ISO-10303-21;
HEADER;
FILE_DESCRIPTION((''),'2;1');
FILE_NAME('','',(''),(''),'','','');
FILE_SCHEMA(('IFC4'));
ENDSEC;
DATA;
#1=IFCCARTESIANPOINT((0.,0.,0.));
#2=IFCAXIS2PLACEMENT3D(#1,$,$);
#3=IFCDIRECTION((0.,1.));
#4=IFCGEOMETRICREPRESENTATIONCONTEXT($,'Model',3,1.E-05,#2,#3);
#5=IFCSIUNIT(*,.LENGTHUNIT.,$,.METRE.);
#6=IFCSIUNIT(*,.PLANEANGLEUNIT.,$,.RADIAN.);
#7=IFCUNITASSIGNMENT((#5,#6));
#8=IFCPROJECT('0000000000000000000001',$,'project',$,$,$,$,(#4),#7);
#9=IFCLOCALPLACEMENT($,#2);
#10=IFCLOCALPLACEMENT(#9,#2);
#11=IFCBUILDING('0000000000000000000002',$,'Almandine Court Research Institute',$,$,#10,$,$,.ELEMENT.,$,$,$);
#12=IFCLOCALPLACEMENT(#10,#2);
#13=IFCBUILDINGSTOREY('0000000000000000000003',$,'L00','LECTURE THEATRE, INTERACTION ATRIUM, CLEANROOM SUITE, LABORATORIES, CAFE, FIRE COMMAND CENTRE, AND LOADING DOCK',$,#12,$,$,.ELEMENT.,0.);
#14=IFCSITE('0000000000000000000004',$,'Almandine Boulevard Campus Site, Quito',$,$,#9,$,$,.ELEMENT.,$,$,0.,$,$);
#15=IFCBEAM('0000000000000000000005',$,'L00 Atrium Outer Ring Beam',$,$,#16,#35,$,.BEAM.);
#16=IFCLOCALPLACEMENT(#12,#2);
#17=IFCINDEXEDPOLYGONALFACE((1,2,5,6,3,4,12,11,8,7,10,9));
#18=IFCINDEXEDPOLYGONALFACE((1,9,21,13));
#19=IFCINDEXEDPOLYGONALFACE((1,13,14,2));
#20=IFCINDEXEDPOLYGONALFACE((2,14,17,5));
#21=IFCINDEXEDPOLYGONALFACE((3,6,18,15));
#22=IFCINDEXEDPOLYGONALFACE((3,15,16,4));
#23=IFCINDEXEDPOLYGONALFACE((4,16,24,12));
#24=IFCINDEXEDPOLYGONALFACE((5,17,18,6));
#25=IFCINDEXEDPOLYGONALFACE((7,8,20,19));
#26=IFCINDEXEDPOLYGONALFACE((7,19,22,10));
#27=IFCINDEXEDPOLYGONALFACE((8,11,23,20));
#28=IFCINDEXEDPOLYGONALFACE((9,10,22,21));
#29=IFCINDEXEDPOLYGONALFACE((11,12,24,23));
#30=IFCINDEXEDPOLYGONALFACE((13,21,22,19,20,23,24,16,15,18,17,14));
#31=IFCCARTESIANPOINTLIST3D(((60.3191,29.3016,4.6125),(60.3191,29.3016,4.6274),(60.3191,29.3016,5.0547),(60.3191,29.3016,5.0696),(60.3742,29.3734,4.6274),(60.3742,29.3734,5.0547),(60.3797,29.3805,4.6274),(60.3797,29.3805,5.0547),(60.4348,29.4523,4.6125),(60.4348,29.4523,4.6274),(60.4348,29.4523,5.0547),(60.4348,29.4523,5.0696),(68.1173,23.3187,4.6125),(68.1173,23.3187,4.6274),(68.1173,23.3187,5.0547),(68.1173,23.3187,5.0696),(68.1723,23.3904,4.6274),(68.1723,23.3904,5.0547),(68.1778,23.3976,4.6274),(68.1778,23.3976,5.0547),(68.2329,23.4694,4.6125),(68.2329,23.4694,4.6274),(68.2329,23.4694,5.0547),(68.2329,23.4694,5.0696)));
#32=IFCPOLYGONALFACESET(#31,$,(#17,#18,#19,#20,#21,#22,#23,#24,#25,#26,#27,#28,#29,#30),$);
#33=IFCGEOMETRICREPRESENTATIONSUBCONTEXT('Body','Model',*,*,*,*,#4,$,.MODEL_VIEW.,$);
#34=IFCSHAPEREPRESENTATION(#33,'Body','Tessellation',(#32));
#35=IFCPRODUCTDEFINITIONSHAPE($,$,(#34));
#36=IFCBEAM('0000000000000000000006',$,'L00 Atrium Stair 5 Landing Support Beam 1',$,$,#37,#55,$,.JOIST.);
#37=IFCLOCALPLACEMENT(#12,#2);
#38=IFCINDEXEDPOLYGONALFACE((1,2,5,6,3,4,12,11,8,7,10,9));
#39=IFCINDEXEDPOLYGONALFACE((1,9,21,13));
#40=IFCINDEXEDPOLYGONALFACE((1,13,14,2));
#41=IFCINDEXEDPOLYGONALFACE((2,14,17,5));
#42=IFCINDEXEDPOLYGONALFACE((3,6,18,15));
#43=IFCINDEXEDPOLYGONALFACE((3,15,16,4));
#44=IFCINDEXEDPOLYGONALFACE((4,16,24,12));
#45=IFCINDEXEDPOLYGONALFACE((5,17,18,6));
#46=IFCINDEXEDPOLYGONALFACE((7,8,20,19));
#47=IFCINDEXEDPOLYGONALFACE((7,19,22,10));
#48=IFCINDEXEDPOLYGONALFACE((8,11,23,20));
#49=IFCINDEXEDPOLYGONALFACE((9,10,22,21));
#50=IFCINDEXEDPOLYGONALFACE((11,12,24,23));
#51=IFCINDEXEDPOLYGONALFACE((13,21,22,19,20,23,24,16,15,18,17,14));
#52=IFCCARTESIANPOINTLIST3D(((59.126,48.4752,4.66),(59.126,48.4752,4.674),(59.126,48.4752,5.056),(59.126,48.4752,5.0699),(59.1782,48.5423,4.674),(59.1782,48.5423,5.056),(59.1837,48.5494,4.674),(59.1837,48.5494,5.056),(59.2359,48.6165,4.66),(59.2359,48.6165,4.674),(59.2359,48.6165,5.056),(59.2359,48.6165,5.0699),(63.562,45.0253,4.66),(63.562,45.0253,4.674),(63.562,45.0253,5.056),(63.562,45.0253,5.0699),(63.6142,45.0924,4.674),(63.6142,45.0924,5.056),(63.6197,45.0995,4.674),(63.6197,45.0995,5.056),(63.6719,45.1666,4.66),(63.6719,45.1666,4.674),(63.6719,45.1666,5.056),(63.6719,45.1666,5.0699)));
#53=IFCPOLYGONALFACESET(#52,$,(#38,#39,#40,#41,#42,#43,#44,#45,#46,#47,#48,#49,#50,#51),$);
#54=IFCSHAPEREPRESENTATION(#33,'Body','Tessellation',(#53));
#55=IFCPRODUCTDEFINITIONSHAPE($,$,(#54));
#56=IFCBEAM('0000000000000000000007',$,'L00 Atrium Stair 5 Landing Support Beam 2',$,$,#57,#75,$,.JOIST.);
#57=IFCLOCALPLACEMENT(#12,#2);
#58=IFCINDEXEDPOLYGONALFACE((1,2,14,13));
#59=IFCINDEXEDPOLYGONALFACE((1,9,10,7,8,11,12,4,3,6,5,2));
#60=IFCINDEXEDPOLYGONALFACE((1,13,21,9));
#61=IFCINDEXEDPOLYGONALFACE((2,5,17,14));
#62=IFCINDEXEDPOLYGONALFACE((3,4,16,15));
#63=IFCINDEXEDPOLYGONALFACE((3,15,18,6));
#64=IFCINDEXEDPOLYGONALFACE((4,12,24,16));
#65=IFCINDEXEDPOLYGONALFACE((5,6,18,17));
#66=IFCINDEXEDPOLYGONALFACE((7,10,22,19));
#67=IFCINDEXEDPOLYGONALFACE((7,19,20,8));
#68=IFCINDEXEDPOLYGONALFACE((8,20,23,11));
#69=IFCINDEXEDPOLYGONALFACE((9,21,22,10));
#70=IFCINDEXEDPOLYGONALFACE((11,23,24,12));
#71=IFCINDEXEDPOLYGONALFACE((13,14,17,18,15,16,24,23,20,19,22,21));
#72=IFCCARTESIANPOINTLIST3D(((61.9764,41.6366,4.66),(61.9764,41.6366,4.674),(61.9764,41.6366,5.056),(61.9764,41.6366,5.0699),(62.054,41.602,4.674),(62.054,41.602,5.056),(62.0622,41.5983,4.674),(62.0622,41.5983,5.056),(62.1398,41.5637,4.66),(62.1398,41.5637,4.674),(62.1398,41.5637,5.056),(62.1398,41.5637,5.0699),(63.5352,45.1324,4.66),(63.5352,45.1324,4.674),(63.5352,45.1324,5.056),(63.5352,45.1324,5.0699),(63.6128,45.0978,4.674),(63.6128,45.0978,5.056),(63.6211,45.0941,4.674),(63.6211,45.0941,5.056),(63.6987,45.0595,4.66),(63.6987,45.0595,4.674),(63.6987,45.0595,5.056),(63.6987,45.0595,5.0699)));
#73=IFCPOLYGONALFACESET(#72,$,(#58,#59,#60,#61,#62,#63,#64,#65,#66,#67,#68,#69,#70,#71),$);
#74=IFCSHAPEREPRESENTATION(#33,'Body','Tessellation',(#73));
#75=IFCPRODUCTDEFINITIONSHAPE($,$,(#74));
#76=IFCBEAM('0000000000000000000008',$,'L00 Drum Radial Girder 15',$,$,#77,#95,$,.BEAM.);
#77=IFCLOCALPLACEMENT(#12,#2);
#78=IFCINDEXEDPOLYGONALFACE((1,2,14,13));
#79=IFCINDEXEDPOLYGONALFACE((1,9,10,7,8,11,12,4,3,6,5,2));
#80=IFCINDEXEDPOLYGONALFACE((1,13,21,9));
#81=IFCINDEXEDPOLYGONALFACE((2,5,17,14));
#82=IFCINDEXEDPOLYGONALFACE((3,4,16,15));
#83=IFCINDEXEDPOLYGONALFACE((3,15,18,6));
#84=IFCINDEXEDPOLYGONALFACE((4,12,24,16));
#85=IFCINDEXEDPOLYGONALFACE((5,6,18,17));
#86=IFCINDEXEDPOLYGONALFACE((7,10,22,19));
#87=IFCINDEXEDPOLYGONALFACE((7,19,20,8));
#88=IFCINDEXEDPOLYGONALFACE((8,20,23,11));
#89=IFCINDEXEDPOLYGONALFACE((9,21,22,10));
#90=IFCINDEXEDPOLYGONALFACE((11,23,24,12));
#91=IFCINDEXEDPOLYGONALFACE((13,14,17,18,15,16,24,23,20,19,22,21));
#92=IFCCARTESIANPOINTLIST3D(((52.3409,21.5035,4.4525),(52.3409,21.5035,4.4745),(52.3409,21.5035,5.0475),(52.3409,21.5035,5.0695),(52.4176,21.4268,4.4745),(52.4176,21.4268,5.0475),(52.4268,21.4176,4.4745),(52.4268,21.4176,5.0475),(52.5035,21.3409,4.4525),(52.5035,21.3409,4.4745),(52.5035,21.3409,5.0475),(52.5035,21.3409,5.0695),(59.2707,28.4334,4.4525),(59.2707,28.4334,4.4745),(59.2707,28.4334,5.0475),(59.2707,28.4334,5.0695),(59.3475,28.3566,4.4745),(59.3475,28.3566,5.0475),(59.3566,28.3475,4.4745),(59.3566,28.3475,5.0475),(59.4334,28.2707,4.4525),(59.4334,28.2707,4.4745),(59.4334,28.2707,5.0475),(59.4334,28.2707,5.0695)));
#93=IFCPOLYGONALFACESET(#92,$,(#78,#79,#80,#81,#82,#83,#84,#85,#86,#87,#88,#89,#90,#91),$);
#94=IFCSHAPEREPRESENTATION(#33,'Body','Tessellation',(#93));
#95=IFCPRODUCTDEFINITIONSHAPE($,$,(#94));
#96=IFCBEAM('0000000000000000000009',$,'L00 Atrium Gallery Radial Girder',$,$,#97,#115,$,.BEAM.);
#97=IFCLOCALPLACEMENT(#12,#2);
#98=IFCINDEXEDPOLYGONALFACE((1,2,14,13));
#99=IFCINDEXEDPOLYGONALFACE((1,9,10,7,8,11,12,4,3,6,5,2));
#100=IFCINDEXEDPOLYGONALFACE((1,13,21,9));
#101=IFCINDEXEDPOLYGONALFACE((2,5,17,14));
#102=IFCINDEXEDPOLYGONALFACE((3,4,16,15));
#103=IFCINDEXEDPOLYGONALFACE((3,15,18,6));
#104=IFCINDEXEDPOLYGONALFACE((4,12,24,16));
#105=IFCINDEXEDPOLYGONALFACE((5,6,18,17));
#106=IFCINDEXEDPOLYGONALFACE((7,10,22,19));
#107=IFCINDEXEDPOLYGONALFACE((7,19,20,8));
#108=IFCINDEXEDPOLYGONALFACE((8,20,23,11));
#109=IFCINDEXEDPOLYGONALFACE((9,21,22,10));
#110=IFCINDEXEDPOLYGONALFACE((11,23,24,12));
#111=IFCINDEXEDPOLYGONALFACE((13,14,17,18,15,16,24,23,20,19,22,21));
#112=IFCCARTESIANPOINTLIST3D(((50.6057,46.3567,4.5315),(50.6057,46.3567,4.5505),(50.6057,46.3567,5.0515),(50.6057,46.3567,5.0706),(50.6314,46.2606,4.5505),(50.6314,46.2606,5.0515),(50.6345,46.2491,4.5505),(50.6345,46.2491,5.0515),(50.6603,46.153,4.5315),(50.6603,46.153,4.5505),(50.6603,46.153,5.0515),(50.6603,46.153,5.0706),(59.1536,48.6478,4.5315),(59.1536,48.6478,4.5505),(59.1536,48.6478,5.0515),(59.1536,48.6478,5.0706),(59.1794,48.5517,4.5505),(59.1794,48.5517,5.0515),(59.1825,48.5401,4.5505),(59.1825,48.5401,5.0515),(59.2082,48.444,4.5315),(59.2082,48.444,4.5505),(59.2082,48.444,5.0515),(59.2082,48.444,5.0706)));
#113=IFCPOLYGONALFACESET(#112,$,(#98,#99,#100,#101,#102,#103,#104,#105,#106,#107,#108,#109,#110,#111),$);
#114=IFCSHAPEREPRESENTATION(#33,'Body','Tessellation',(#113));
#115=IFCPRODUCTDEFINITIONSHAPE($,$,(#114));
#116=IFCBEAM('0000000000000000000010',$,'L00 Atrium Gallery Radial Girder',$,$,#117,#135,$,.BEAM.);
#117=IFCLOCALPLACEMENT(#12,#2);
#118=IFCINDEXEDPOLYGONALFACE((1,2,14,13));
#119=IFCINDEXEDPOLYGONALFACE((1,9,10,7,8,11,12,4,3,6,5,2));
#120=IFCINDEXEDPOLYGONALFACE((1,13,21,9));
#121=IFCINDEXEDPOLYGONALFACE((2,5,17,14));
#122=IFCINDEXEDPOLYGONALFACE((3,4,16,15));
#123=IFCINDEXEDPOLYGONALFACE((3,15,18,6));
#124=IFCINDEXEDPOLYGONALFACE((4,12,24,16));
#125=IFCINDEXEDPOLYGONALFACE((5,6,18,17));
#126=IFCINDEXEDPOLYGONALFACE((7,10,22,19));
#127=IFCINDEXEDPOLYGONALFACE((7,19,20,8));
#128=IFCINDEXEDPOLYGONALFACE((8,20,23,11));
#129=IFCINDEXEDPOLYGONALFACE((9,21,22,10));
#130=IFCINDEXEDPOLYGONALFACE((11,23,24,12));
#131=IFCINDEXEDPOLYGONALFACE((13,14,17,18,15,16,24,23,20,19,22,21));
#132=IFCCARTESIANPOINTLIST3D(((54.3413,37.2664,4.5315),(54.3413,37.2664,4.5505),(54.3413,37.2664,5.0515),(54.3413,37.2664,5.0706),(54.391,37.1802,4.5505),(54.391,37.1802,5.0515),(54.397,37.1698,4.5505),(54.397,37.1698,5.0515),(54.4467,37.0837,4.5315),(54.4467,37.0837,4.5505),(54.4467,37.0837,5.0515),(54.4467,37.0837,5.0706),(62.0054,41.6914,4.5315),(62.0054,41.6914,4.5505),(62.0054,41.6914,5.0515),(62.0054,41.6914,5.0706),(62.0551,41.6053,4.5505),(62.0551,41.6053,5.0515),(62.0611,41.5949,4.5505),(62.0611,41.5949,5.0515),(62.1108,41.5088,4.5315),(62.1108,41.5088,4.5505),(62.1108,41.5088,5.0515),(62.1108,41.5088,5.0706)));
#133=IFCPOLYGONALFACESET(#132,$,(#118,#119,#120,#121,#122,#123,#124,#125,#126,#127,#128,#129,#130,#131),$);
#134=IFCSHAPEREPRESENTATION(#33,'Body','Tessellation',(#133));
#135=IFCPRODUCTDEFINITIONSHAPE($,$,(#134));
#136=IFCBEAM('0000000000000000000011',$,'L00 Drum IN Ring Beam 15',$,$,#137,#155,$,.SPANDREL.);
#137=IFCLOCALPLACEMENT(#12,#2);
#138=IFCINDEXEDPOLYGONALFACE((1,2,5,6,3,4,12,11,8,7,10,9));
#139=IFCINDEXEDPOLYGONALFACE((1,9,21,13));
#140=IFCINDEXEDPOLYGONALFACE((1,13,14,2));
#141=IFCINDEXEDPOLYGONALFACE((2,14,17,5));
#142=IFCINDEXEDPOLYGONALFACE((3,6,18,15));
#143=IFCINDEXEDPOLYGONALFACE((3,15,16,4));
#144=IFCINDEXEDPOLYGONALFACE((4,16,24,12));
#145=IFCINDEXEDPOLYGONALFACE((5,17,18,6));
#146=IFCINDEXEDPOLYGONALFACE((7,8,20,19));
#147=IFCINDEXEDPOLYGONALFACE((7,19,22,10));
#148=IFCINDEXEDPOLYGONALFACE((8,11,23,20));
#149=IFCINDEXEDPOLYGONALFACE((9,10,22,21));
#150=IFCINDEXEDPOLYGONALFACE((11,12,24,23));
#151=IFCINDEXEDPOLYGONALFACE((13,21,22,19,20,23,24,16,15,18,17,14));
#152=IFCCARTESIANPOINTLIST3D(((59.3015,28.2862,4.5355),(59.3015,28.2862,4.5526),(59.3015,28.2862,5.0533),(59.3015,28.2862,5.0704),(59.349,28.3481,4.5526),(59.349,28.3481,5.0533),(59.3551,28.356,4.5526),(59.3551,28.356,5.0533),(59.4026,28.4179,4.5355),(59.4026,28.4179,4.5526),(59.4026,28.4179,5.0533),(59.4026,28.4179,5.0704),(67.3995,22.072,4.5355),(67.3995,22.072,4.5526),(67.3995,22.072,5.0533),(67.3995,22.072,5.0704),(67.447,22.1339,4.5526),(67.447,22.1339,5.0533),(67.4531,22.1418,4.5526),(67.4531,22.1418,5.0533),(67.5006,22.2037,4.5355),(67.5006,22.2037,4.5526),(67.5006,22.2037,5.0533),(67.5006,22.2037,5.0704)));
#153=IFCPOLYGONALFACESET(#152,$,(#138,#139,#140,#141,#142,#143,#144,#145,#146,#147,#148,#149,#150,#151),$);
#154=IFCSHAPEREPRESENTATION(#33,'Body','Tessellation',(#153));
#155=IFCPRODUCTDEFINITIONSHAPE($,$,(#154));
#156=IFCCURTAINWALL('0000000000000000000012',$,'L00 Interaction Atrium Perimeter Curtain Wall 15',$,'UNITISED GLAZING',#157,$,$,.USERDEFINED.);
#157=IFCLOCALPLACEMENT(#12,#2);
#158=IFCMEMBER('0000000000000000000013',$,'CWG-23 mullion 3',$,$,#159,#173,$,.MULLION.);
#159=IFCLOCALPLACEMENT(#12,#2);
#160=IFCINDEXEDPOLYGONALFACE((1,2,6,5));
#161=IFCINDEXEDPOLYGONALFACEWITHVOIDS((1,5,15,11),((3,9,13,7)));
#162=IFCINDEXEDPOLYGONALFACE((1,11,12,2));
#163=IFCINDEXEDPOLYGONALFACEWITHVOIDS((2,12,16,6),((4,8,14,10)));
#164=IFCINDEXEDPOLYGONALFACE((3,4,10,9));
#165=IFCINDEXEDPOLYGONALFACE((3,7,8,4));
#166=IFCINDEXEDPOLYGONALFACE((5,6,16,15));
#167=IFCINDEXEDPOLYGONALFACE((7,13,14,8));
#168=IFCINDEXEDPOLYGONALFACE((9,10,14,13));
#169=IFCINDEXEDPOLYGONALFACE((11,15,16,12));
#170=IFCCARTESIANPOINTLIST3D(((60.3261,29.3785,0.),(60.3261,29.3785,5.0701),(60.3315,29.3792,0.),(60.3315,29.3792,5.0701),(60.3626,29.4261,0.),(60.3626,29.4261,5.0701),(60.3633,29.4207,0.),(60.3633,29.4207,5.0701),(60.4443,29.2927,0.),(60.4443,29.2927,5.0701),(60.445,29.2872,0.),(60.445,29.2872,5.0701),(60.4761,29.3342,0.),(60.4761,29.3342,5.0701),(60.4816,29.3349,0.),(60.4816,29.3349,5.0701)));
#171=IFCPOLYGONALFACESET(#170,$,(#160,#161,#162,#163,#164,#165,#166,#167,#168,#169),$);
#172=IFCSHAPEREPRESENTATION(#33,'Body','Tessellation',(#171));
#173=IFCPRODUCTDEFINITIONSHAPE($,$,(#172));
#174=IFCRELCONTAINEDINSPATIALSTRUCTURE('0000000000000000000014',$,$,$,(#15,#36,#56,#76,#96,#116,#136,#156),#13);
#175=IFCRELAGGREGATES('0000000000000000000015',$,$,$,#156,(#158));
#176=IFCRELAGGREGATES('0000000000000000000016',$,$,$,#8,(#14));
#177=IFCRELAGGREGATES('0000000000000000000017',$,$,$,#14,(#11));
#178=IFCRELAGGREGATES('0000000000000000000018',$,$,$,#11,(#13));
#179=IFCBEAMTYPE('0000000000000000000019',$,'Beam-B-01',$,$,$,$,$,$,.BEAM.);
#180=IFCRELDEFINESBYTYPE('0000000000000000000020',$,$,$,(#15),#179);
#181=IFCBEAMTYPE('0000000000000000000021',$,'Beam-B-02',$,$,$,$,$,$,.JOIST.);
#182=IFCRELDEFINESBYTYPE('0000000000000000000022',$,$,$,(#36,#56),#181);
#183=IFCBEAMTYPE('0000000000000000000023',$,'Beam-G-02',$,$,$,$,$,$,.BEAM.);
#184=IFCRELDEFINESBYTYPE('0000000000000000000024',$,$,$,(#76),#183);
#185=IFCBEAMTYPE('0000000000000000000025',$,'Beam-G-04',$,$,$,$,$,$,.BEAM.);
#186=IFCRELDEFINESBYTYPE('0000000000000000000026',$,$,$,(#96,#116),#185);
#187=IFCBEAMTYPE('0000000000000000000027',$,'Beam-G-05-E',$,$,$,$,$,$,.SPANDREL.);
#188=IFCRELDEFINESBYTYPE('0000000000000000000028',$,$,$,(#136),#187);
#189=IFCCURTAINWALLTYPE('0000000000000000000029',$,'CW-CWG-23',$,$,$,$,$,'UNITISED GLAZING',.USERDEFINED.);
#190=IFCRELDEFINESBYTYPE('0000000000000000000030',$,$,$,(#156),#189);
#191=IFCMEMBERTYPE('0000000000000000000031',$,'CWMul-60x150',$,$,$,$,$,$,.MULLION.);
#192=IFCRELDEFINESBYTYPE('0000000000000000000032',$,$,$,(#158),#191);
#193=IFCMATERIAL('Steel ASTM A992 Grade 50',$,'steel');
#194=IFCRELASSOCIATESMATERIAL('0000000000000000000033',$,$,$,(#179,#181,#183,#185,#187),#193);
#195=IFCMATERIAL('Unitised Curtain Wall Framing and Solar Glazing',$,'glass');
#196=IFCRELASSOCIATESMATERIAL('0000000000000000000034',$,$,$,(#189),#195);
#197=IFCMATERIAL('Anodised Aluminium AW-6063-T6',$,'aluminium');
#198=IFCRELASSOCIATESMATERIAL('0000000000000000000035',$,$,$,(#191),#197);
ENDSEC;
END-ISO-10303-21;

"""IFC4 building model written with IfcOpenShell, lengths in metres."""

from ifc_helpers import new_model, si_unit, direction, frame, origin, origin_2d, place, context, subcontext, project, spatial, hollow_rectangle, i_section, extrude, material, material_profile, profile_set, type_object, element, aggregate, save


model = new_model("IFC4")

# Units and contexts
model_context = context("Model", 3, precision=1e-05, world=origin(), true_north=direction((0.0, 1.0)))
body_context = subcontext(model_context, "Body", "Model", "MODEL_VIEW")
ifc_project = project(units=[si_unit("LENGTHUNIT", "METRE"), si_unit("PLANEANGLEUNIT", "RADIAN")], contexts=[model_context])

# Site, building, storey
site_placement = place(None, origin())
site = spatial("IfcSite", under=ifc_project, at=site_placement, Name="Almandine Boulevard Campus Site, Quito", CompositionType="ELEMENT", RefElevation=0.0)
building_placement = place(site_placement, origin())
building = spatial("IfcBuilding", under=site, at=building_placement, Name="Almandine Court Research Institute", CompositionType="ELEMENT")
storey_placement = place(building_placement, origin())
storey = spatial("IfcBuildingStorey", under=building, at=storey_placement, Name="L00", Description="LECTURE THEATRE, INTERACTION ATRIUM, CLEANROOM SUITE, LABORATORIES, CAFE, FIRE COMMAND CENTRE, AND LOADING DOCK", CompositionType="ELEMENT", Elevation=0.0)

# Shared definitions
ifc_material_1 = material(Name="Steel ASTM A992 Grade 50", Category="steel")

# Beams
ifc_material_profile_1 = material_profile(ifc_material_1, i_section(OverallWidth=0.1899, OverallDepth=0.457, WebThickness=0.009, FlangeThickness=0.0149, at=origin_2d()), Name="W460x74")
ifc_profile_set_1 = profile_set([ifc_material_profile_1], Name="Steel ASTM A992 Grade 50")
beam_type_1 = type_object("IfcBeamType", Name="Beam-B-01", PredefinedType="BEAM", material=ifc_profile_set_1)
for number, where, z_axis, x_axis, name in (
    (1, (60.377, 29.377, 4.8411), (0.793392, -0.608712, 0.0), (0.608712, 0.793392, 0.0), "L00 Atrium Outer Ring Beam"),
):
    element("IfcBeam", number, at=place(storey_placement, frame(where, z_axis=z_axis, x_axis=x_axis)), inside=storey, type_object=beam_type_1, Name=name, PredefinedType="BEAM", context=body_context, shape_type="SweptSolid", body=[
        extrude(i_section(OverallWidth=0.1899, OverallDepth=0.457, WebThickness=0.009, FlangeThickness=0.0149, at=origin_2d()), origin(), (0.0, 0.0, 1.0), 9.8289),
    ])
ifc_material_profile_2 = material_profile(ifc_material_1, i_section(OverallWidth=0.179, OverallDepth=0.4099, WebThickness=0.009, FlangeThickness=0.0139, at=origin_2d()), Name="W410x67")
ifc_profile_set_2 = profile_set([ifc_material_profile_2], Name="Steel ASTM A992 Grade 50")
beam_type_2 = type_object("IfcBeamType", Name="Beam-B-02", PredefinedType="JOIST", material=ifc_profile_set_2)
beam_1_placement = place(storey_placement, frame((63.6169, 45.0959, 4.865), z_axis=(-0.789378, 0.613908, 0.0), x_axis=(-0.613908, -0.789378, 0.0)))
element("IfcBeam", 2, at=beam_1_placement, inside=storey, type_object=beam_type_2, Name="L00 Atrium Stair 5 Landing Support Beam 1", PredefinedType="JOIST", context=body_context, shape_type="SweptSolid", body=[
    extrude(i_section(OverallWidth=0.179, OverallDepth=0.4099, WebThickness=0.009, FlangeThickness=0.0139, at=origin_2d()), origin(), (0.0, 0.0, 1.0), 5.6196),
])
beam_2_placement = place(storey_placement, frame((63.6169, 45.0959, 4.865), z_axis=(-0.407257, -0.913314, 0.0), x_axis=(0.913314, -0.407257, 0.0)))
element("IfcBeam", 3, at=beam_2_placement, inside=storey, type_object=beam_type_2, Name="L00 Atrium Stair 5 Landing Support Beam 2", PredefinedType="JOIST", context=body_context, shape_type="SweptSolid", body=[
    extrude(i_section(OverallWidth=0.179, OverallDepth=0.4099, WebThickness=0.009, FlangeThickness=0.0139, at=origin_2d()), origin(), (0.0, 0.0, 1.0), 3.8276),
])
ifc_material_profile_3 = material_profile(ifc_material_1, i_section(OverallWidth=0.23, OverallDepth=0.6169, WebThickness=0.0129, FlangeThickness=0.022, at=origin_2d()), Name="W610x140")
ifc_profile_set_3 = profile_set([ifc_material_profile_3], Name="Steel ASTM A992 Grade 50")
beam_type_3 = type_object("IfcBeamType", Name="Beam-G-02", PredefinedType="BEAM", material=ifc_profile_set_3)
beam_3_placement = place(storey_placement, frame((59.3521, 28.3521, 4.761), z_axis=(-0.707107, -0.707107, 0.0), x_axis=(0.707107, -0.707107, 0.0)))
element("IfcBeam", 4, at=beam_3_placement, inside=storey, type_object=beam_type_3, Name="L00 Drum Radial Girder 15", PredefinedType="BEAM", context=body_context, shape_type="SweptSolid", body=[
    extrude(i_section(OverallWidth=0.23, OverallDepth=0.6169, WebThickness=0.0129, FlangeThickness=0.022, at=origin_2d()), origin(), (0.0, 0.0, 1.0), 9.8003),
])
ifc_material_profile_4 = material_profile(ifc_material_1, i_section(OverallWidth=0.2109, OverallDepth=0.5391, WebThickness=0.012, FlangeThickness=0.019, at=origin_2d()), Name="W530x109")
ifc_profile_set_4 = profile_set([ifc_material_profile_4], Name="Steel ASTM A992 Grade 50")
beam_type_4 = type_object("IfcBeamType", Name="Beam-G-04", PredefinedType="BEAM", material=ifc_profile_set_4)
beam_4_placement = place(storey_placement, frame((59.1809, 48.5459, 4.801), z_axis=(-0.965908, -0.258885, 0.0), x_axis=(0.258885, -0.965908, 0.0)))
element("IfcBeam", 5, at=beam_4_placement, inside=storey, type_object=beam_type_4, Name="L00 Atrium Gallery Radial Girder", PredefinedType="BEAM", context=body_context, shape_type="SweptSolid", body=[
    extrude(i_section(OverallWidth=0.2109, OverallDepth=0.5391, WebThickness=0.012, FlangeThickness=0.019, at=origin_2d()), origin(), (0.0, 0.0, 1.0), 8.8496),
])
beam_5_placement = place(storey_placement, frame((62.0581, 41.6001, 4.801), z_axis=(-0.866016, -0.500017, 0.0), x_axis=(0.500017, -0.866016, 0.0)))
element("IfcBeam", 6, at=beam_5_placement, inside=storey, type_object=beam_type_4, Name="L00 Atrium Gallery Radial Girder", PredefinedType="BEAM", context=body_context, shape_type="SweptSolid", body=[
    extrude(i_section(OverallWidth=0.2109, OverallDepth=0.5391, WebThickness=0.012, FlangeThickness=0.019, at=origin_2d()), origin(), (0.0, 0.0, 1.0), 8.8499),
])
ifc_material_profile_5 = material_profile(ifc_material_1, i_section(OverallWidth=0.166, OverallDepth=0.5349, WebThickness=0.01, FlangeThickness=0.0171, at=origin_2d()), Name="W530x85")
ifc_profile_set_5 = profile_set([ifc_material_profile_5], Name="Steel ASTM A992 Grade 50")
beam_type_5 = type_object("IfcBeamType", Name="Beam-G-05-E", PredefinedType="SPANDREL", material=ifc_profile_set_5)
beam_6_placement = place(storey_placement, frame((59.3521, 28.3521, 4.803), z_axis=(0.793336, -0.608784, 0.0), x_axis=(0.608784, 0.793336, 0.0)))
element("IfcBeam", 7, at=beam_6_placement, inside=storey, type_object=beam_type_5, Name="L00 Drum IN Ring Beam 15", PredefinedType="SPANDREL", context=body_context, shape_type="SweptSolid", body=[
    extrude(i_section(OverallWidth=0.166, OverallDepth=0.5349, WebThickness=0.01, FlangeThickness=0.0171, at=origin_2d()), origin(), (0.0, 0.0, 1.0), 10.2075),
])

# Curtain wall, member
ifc_material_2 = material(Name="Unitised Curtain Wall Framing and Solar Glazing", Category="glass")
curtain_wall_type = type_object("IfcCurtainWallType", Name="CW-CWG-23", ElementType="UNITISED GLAZING", PredefinedType="USERDEFINED", material=ifc_material_2)
curtain_wall_placement = place(storey_placement, origin())
curtain_wall = element("IfcCurtainWall", 8, at=curtain_wall_placement, inside=storey, type_object=curtain_wall_type, Name="L00 Interaction Atrium Perimeter Curtain Wall 15", ObjectType="UNITISED GLAZING", PredefinedType="USERDEFINED")
ifc_material_3 = material(Name="Anodised Aluminium AW-6063-T6", Category="aluminium")
ifc_material_profile_6 = material_profile(ifc_material_3, hollow_rectangle(XDim=0.0601, YDim=0.1499, WallThickness=0.0039, at=origin_2d()), Name="ALU RHS 60x150x4")
ifc_profile_set_6 = profile_set([ifc_material_profile_6], Name="Anodised Aluminium AW-6063-T6")
member_type_1 = type_object("IfcMemberType", Name="CWMul-60x150", PredefinedType="MULLION", material=ifc_profile_set_6)
member_1_placement = place(storey_placement, frame((60.4038, 29.3567, 0.0), z_axis=(0.0, 0.0, 1.0), x_axis=(-0.608761, -0.793354, 0.0)))
member_1 = element("IfcMember", 9, at=member_1_placement, type_object=member_type_1, Name="CWG-23 mullion 3", PredefinedType="MULLION", context=body_context, shape_type="SweptSolid", body=[
    extrude(hollow_rectangle(XDim=0.0601, YDim=0.1499, WallThickness=0.0039, at=origin_2d()), origin(), (0.0, 0.0, 1.0), 5.0701),
])
aggregate(curtain_wall, [member_1])

save(model, "model.ifc")
